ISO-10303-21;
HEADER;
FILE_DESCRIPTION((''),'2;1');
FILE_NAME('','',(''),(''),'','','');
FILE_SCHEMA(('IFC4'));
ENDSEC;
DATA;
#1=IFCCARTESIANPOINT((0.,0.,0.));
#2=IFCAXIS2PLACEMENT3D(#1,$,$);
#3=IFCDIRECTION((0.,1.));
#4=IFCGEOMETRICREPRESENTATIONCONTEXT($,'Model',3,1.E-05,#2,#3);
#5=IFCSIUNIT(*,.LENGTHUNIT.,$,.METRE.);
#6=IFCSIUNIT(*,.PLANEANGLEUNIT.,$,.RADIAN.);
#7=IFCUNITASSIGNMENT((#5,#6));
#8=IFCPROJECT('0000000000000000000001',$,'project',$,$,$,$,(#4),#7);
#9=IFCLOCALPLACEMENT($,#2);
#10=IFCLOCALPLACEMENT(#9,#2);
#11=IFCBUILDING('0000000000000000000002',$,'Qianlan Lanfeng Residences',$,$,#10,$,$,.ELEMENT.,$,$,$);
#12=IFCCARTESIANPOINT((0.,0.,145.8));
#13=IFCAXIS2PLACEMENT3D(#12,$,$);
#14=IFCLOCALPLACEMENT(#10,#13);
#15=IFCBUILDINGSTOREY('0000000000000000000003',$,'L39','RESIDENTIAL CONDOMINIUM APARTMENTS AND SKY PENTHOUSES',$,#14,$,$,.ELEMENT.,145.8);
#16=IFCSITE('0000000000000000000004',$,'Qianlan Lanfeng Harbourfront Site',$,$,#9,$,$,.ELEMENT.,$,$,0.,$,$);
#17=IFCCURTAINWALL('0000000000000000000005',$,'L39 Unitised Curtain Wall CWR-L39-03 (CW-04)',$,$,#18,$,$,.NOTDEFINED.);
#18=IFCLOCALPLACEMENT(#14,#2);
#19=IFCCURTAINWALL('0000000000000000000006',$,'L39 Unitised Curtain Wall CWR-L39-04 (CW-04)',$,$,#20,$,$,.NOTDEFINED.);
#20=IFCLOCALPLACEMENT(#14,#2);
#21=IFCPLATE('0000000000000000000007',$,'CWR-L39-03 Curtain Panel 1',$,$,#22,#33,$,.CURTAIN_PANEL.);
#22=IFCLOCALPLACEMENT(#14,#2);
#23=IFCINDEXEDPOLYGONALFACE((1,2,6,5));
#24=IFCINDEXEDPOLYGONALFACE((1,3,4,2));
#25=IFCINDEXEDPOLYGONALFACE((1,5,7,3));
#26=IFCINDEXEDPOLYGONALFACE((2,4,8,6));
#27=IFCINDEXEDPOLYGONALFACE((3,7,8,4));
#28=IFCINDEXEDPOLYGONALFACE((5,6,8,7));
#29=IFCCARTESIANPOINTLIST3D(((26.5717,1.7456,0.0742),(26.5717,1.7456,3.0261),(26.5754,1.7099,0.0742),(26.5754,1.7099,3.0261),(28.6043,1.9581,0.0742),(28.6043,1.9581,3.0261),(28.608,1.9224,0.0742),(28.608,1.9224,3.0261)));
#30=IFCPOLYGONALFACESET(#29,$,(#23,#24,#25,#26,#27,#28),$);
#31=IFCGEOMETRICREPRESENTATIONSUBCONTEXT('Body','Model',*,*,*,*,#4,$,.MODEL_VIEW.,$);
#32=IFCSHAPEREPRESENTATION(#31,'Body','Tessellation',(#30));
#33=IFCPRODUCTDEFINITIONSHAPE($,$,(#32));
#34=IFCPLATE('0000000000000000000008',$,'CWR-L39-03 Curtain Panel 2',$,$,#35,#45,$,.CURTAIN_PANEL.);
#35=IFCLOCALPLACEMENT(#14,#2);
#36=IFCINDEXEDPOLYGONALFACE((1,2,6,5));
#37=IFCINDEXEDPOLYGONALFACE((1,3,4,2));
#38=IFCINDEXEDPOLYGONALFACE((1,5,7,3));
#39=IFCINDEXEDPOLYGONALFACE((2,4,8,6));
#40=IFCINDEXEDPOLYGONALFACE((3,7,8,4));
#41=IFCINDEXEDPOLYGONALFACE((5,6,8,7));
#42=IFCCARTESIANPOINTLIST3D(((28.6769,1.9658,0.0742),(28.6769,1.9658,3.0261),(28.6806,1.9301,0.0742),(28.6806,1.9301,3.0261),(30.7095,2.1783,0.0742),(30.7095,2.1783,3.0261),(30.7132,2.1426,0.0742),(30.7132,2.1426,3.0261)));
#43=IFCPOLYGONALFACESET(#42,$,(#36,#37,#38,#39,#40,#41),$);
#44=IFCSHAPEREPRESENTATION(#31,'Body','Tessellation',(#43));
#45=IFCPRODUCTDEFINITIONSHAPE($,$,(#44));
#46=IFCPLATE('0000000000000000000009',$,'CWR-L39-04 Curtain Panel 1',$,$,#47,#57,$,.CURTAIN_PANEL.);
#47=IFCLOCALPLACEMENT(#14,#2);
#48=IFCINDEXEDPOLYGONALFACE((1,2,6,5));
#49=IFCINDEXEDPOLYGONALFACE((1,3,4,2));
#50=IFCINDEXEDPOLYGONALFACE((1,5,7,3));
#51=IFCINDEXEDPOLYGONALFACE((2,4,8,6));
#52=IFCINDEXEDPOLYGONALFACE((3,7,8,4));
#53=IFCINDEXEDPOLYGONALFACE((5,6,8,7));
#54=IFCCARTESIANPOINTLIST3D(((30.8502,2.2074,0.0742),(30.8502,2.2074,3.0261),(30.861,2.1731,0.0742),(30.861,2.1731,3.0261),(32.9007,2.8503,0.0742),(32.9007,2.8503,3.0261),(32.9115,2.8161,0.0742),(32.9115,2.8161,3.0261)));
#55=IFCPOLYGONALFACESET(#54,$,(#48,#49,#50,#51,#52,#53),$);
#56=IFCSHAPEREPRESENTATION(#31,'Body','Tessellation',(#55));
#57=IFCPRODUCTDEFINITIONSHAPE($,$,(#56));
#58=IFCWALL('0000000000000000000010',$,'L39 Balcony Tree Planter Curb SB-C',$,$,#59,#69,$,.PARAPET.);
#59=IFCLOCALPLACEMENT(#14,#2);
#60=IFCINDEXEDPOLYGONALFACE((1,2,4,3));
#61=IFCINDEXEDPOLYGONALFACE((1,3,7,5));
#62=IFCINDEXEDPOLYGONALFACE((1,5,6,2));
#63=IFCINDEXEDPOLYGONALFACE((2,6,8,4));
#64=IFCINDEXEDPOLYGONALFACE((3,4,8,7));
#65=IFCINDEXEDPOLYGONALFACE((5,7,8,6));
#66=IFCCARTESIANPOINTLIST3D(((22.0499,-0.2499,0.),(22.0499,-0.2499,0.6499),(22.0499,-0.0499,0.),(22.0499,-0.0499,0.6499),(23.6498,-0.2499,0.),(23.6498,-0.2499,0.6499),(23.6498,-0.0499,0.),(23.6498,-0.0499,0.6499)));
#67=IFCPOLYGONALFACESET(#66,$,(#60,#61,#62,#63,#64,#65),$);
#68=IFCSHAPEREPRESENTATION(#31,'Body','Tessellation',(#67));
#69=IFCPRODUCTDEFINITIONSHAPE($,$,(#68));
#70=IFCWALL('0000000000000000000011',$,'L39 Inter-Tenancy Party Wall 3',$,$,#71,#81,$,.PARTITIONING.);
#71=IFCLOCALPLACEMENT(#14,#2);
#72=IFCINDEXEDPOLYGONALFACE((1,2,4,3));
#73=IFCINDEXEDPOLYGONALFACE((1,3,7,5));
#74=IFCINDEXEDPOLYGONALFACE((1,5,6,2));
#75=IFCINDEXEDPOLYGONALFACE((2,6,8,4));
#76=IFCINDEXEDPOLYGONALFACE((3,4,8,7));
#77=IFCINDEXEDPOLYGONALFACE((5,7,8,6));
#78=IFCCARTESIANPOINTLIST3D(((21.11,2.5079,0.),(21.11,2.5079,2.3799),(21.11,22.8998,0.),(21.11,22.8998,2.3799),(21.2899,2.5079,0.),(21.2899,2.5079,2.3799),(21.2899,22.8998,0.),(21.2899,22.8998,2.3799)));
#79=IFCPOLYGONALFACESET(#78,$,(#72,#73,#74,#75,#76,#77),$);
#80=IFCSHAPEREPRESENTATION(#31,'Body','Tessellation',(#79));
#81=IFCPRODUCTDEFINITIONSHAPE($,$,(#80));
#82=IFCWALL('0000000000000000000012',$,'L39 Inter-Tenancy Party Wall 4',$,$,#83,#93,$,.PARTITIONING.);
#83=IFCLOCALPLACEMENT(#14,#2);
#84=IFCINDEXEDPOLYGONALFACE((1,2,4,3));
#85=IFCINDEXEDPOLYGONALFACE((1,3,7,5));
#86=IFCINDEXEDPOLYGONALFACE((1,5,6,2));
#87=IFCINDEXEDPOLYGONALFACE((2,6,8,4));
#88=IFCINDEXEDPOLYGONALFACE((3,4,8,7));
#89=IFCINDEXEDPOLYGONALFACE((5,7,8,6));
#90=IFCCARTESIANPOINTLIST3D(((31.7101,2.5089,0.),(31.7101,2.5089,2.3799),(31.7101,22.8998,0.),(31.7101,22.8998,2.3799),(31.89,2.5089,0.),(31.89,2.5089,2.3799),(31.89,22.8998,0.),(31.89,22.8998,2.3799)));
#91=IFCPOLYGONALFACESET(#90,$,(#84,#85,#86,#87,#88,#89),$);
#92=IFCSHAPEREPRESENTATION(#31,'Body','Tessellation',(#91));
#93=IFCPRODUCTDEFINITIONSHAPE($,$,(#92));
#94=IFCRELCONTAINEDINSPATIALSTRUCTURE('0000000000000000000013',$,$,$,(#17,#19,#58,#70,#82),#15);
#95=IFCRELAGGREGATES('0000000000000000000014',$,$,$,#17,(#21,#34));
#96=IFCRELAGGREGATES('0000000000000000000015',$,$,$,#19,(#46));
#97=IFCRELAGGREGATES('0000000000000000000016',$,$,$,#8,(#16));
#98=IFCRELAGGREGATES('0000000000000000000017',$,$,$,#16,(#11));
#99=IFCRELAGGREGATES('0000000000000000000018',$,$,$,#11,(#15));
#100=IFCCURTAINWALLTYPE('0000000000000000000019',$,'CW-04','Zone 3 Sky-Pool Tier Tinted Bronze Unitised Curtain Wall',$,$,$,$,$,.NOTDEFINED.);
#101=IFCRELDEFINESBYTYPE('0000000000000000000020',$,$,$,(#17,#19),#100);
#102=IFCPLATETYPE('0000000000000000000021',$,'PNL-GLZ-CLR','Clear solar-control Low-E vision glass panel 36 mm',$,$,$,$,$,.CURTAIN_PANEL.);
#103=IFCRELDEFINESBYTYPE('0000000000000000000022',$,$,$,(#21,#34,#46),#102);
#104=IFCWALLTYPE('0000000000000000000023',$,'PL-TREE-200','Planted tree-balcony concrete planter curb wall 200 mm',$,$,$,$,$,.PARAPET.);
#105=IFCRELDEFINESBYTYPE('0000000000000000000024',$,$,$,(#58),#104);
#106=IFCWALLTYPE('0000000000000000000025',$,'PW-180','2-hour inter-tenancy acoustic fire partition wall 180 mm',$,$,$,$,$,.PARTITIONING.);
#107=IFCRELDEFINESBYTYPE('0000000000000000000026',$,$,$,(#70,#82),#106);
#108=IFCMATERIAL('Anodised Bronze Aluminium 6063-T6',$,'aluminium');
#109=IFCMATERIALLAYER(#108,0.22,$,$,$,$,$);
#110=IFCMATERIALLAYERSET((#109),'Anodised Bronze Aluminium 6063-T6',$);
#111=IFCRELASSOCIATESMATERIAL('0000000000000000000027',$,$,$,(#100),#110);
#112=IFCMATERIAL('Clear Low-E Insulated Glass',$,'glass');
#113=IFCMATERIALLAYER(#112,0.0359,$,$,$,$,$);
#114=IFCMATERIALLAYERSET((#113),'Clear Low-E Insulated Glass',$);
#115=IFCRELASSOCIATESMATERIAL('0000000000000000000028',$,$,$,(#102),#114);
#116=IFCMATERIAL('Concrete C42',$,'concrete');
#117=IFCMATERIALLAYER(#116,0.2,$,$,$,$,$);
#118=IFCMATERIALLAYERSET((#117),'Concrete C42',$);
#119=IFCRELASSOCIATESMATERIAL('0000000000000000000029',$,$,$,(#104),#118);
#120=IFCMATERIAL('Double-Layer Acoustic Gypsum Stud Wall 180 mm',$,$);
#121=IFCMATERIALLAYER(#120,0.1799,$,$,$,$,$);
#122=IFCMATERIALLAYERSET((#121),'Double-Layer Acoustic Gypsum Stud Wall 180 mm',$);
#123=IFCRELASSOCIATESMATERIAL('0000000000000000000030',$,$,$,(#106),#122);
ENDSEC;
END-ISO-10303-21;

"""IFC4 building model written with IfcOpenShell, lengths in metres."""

from ifc_helpers import new_model, si_unit, direction, frame, frame_2d, origin, origin_2d, place, context, subcontext, project, spatial, rectangle, extrude, source, transform, mapped, material, layer, layer_set, type_object, element, aggregate, save


model = new_model("IFC4")

# Units and contexts
model_context = context("Model", 3, precision=1e-05, world=origin(), true_north=direction((0.0, 1.0)))
body_context = subcontext(model_context, "Body", "Model", "MODEL_VIEW")
ifc_project = project(units=[si_unit("LENGTHUNIT", "METRE"), si_unit("PLANEANGLEUNIT", "RADIAN")], contexts=[model_context])

# Site, building, storey
site_placement = place(None, origin())
site = spatial("IfcSite", under=ifc_project, at=site_placement, Name="Qianlan Lanfeng Harbourfront Site", CompositionType="ELEMENT", RefElevation=0.0)
building_placement = place(site_placement, origin())
building = spatial("IfcBuilding", under=site, at=building_placement, Name="Qianlan Lanfeng Residences", CompositionType="ELEMENT")
storey_placement = place(building_placement, frame((0.0, 0.0, 145.8)))
storey = spatial("IfcBuildingStorey", under=building, at=storey_placement, Name="L39", Description="RESIDENTIAL CONDOMINIUM APARTMENTS AND SKY PENTHOUSES", CompositionType="ELEMENT", Elevation=145.8)

# Curtain walls
ifc_material_1 = material(Name="Anodised Bronze Aluminium 6063-T6", Category="aluminium")
ifc_layer_1 = layer(ifc_material_1, 0.22)
ifc_layer_set_1 = layer_set([ifc_layer_1], Name="Anodised Bronze Aluminium 6063-T6")
curtain_wall_type = type_object("IfcCurtainWallType", Name="CW-04", Description="Zone 3 Sky-Pool Tier Tinted Bronze Unitised Curtain Wall", PredefinedType="NOTDEFINED", material=ifc_layer_set_1)
curtain_wall_1_placement = place(storey_placement, origin())
curtain_wall_1 = element("IfcCurtainWall", 1, at=curtain_wall_1_placement, inside=storey, type_object=curtain_wall_type, Name="L39 Unitised Curtain Wall CWR-L39-03 (CW-04)", PredefinedType="NOTDEFINED")
curtain_wall_2_placement = place(storey_placement, origin())
curtain_wall_2 = element("IfcCurtainWall", 2, at=curtain_wall_2_placement, inside=storey, type_object=curtain_wall_type, Name="L39 Unitised Curtain Wall CWR-L39-04 (CW-04)", PredefinedType="NOTDEFINED")

# Plates
ifc_material_2 = material(Name="Clear Low-E Insulated Glass", Category="glass")
ifc_layer_2 = layer(ifc_material_2, 0.0359)
ifc_layer_set_2 = layer_set([ifc_layer_2], Name="Clear Low-E Insulated Glass")
plate_type = type_object("IfcPlateType", Name="PNL-GLZ-CLR", Description="Clear solar-control Low-E vision glass panel 36 mm", PredefinedType="CURTAIN_PANEL", material=ifc_layer_set_2)
shared_shape_1 = source(origin(), body_context, "Body", "SweptSolid", [
    extrude(rectangle(XDim=2.0437, YDim=0.0359, at=origin_2d()), origin(), (0.0, 0.0, 1.0), 2.9519),
])
plate_1_placement = place(storey_placement, frame((27.5898, 1.834, 0.0742), z_axis=(0.0, 0.0, 1.0), x_axis=(0.994579, 0.103983, 0.0)))
plate_1 = element("IfcPlate", 3, at=plate_1_placement, type_object=plate_type, Name="CWR-L39-03 Curtain Panel 1", PredefinedType="CURTAIN_PANEL", context=body_context, shape_type="MappedRepresentation", body=[
    mapped(shared_shape_1, transform((0.0, 0.0, 0.0), scale=1.0)),
])
plate_2_placement = place(storey_placement, frame((29.6951, 2.0542, 0.0742), z_axis=(0.0, 0.0, 1.0), x_axis=(0.994579, 0.103983, 0.0)))
plate_2 = element("IfcPlate", 4, at=plate_2_placement, type_object=plate_type, Name="CWR-L39-03 Curtain Panel 2", PredefinedType="CURTAIN_PANEL", context=body_context, shape_type="MappedRepresentation", body=[
    mapped(shared_shape_1, transform((0.0, 0.0, 0.0), scale=1.0)),
])
aggregate(curtain_wall_1, [plate_1, plate_2])
shared_shape_2 = source(origin(), body_context, "Body", "SweptSolid", [
    extrude(rectangle(XDim=2.1489, YDim=0.0359, at=origin_2d()), origin(), (0.0, 0.0, 1.0), 2.9519),
])
plate_3_placement = place(storey_placement, frame((31.8809, 2.5117, 0.0742), z_axis=(0.0, 0.0, 1.0), x_axis=(0.954196, 0.299182, 0.0)))
plate_3 = element("IfcPlate", 5, at=plate_3_placement, type_object=plate_type, Name="CWR-L39-04 Curtain Panel 1", PredefinedType="CURTAIN_PANEL", context=body_context, shape_type="MappedRepresentation", body=[
    mapped(shared_shape_2, transform((0.0, 0.0, 0.0), scale=1.0)),
])
aggregate(curtain_wall_2, [plate_3])

# Walls
ifc_material_3 = material(Name="Concrete C42", Category="concrete")
ifc_layer_3 = layer(ifc_material_3, 0.2)
ifc_layer_set_3 = layer_set([ifc_layer_3], Name="Concrete C42")
wall_type_1 = type_object("IfcWallType", Name="PL-TREE-200", Description="Planted tree-balcony concrete planter curb wall 200 mm", PredefinedType="PARAPET", material=ifc_layer_set_3)
wall_1_placement = place(storey_placement, frame((22.05, -0.1499, 0.0), z_axis=(0.0, 0.0, 1.0), x_axis=(1.0, 0.0, 0.0)))
element("IfcWall", 6, at=wall_1_placement, inside=storey, type_object=wall_type_1, Name="L39 Balcony Tree Planter Curb SB-C", PredefinedType="PARAPET", context=body_context, shape_type="SweptSolid", body=[
    extrude(rectangle(XDim=1.5999, YDim=0.2, at=frame_2d((0.7998, 0.0))), origin(), (0.0, 0.0, 1.0), 0.6499),
])
ifc_material_4 = material(Name="Double-Layer Acoustic Gypsum Stud Wall 180 mm")
ifc_layer_4 = layer(ifc_material_4, 0.1799)
ifc_layer_set_4 = layer_set([ifc_layer_4], Name="Double-Layer Acoustic Gypsum Stud Wall 180 mm")
wall_type_2 = type_object("IfcWallType", Name="PW-180", Description="2-hour inter-tenancy acoustic fire partition wall 180 mm", PredefinedType="PARTITIONING", material=ifc_layer_set_4)
wall_2_placement = place(storey_placement, frame((21.2, 2.5081, 0.0), z_axis=(0.0, 0.0, 1.0), x_axis=(0.0, 1.0, 0.0)))
element("IfcWall", 7, at=wall_2_placement, inside=storey, type_object=wall_type_2, Name="L39 Inter-Tenancy Party Wall 3", PredefinedType="PARTITIONING", context=body_context, shape_type="SweptSolid", body=[
    extrude(rectangle(XDim=20.3918, YDim=0.1799, at=frame_2d((10.1958, 0.0))), origin(), (0.0, 0.0, 1.0), 2.3799),
])
wall_3_placement = place(storey_placement, frame((31.8, 2.509, 0.0), z_axis=(0.0, 0.0, 1.0), x_axis=(0.0, 1.0, 0.0)))
element("IfcWall", 8, at=wall_3_placement, inside=storey, type_object=wall_type_2, Name="L39 Inter-Tenancy Party Wall 4", PredefinedType="PARTITIONING", context=body_context, shape_type="SweptSolid", body=[
    extrude(rectangle(XDim=20.3909, YDim=0.1799, at=frame_2d((10.1953, 0.0))), origin(), (0.0, 0.0, 1.0), 2.3799),
])

save(model, "model.ifc")
